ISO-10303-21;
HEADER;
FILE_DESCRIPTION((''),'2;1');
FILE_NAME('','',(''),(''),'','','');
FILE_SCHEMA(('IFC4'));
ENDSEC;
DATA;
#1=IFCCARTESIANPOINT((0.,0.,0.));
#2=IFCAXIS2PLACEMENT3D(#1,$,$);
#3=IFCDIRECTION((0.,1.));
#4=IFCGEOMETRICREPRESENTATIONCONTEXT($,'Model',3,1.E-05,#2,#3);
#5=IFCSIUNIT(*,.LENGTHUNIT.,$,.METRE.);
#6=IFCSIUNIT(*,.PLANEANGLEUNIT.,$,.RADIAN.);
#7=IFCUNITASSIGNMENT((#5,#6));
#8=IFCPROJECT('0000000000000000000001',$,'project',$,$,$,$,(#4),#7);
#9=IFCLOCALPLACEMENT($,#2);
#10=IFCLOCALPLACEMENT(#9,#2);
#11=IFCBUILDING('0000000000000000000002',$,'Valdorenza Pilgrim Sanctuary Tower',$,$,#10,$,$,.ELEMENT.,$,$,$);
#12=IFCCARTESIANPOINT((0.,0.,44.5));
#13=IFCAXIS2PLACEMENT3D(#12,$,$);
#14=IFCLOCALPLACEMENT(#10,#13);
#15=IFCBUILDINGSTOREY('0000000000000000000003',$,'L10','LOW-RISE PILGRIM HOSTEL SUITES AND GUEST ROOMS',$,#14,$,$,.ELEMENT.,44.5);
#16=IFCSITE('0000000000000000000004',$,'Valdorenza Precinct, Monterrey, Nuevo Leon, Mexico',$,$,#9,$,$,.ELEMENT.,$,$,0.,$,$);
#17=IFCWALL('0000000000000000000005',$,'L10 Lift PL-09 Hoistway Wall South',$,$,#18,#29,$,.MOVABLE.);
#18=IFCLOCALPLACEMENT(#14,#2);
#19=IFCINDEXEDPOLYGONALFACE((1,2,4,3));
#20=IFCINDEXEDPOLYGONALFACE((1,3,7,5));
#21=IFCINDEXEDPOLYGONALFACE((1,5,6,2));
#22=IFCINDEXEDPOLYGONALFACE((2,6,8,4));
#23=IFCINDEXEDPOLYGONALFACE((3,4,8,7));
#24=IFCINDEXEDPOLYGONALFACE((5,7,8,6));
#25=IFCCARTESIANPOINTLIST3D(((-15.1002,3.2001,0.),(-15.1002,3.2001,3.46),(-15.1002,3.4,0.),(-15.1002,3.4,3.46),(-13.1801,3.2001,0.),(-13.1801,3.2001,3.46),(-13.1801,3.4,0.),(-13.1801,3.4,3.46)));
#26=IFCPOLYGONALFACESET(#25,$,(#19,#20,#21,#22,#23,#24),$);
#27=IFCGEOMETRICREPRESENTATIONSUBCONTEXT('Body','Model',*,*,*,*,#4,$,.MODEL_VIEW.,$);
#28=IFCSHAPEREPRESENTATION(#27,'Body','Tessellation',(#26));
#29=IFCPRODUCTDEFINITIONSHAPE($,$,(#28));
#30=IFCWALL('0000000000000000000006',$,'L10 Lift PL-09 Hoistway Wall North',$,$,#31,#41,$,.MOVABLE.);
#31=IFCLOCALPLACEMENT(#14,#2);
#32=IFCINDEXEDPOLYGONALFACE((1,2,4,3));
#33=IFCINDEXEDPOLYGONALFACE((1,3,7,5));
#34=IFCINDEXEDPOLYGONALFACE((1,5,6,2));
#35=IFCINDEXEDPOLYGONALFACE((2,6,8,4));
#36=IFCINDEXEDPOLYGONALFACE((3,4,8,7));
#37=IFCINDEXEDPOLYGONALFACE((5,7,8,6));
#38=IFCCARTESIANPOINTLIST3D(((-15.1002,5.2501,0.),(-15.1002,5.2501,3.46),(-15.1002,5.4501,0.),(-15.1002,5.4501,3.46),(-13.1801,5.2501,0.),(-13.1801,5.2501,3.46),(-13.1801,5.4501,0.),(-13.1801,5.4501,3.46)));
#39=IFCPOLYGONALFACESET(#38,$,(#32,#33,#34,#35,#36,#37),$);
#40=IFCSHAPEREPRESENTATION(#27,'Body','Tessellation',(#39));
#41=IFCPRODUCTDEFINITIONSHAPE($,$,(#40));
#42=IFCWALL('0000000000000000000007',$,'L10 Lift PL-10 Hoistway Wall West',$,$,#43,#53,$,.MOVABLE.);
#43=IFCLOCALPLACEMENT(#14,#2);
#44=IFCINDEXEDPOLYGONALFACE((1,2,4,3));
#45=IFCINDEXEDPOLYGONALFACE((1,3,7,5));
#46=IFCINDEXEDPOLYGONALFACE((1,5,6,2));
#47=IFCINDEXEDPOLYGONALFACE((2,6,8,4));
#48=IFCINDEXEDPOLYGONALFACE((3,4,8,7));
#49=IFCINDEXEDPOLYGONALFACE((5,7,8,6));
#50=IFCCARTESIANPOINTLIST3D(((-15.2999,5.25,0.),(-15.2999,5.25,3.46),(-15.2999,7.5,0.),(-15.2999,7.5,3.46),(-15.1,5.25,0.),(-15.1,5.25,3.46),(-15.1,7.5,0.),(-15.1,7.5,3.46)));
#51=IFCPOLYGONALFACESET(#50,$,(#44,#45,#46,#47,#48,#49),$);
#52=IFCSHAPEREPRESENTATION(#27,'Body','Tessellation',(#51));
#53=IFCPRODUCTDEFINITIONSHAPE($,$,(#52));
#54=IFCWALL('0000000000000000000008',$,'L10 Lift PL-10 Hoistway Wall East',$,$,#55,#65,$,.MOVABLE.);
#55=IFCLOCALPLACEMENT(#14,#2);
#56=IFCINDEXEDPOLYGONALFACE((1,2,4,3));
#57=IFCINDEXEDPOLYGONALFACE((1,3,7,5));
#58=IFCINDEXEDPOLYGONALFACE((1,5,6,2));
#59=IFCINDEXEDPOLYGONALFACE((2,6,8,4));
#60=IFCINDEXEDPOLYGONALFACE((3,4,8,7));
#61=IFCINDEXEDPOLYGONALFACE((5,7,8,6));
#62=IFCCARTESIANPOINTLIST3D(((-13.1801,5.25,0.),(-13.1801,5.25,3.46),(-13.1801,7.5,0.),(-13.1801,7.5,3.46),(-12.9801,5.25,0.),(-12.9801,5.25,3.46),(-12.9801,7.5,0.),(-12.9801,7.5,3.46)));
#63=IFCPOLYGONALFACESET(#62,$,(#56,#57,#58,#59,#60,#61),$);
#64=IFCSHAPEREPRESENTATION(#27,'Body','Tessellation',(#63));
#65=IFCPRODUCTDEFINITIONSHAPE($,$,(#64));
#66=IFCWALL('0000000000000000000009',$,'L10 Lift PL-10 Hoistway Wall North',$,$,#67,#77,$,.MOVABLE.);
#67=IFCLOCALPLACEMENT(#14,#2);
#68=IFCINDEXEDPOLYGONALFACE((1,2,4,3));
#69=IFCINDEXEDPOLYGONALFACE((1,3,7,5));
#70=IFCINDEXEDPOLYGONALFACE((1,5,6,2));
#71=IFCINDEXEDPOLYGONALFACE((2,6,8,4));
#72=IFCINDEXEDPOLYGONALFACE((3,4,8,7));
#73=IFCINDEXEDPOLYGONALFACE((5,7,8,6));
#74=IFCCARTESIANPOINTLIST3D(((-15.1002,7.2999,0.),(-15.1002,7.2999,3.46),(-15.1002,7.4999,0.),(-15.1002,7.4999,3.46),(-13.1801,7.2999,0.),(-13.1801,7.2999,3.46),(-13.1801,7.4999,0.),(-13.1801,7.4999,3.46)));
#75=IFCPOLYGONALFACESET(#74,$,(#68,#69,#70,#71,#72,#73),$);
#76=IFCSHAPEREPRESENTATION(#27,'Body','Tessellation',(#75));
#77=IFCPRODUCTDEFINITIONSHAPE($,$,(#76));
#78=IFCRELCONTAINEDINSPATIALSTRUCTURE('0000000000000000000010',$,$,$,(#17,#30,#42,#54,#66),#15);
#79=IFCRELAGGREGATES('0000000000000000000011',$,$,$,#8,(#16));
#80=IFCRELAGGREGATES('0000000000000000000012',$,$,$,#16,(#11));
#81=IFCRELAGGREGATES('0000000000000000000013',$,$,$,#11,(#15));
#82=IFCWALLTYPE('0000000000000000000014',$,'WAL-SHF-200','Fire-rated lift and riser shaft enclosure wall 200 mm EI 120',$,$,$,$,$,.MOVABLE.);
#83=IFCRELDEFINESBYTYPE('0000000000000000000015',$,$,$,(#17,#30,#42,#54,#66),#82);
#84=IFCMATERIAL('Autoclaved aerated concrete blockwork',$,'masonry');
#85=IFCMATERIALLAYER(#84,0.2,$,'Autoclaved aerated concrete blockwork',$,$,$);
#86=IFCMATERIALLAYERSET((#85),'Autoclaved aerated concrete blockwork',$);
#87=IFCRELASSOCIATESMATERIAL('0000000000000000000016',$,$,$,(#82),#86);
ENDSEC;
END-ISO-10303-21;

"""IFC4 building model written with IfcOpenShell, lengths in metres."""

from ifc_helpers import new_model, si_unit, direction, frame, frame_2d, origin, place, context, subcontext, project, spatial, rectangle, extrude, material, layer, layer_set, type_object, element, save


model = new_model("IFC4")

# Units and contexts
model_context = context("Model", 3, precision=1e-05, world=origin(), true_north=direction((0.0, 1.0)))
body_context = subcontext(model_context, "Body", "Model", "MODEL_VIEW")
ifc_project = project(units=[si_unit("LENGTHUNIT", "METRE"), si_unit("PLANEANGLEUNIT", "RADIAN")], contexts=[model_context])

# Site, building, storey
site_placement = place(None, origin())
site = spatial("IfcSite", under=ifc_project, at=site_placement, Name="Valdorenza Precinct, Monterrey, Nuevo Leon, Mexico", CompositionType="ELEMENT", RefElevation=0.0)
building_placement = place(site_placement, origin())
building = spatial("IfcBuilding", under=site, at=building_placement, Name="Valdorenza Pilgrim Sanctuary Tower", CompositionType="ELEMENT")
storey_placement = place(building_placement, frame((0.0, 0.0, 44.5)))
storey = spatial("IfcBuildingStorey", under=building, at=storey_placement, Name="L10", Description="LOW-RISE PILGRIM HOSTEL SUITES AND GUEST ROOMS", CompositionType="ELEMENT", Elevation=44.5)

# Walls
ifc_material_1 = material(Name="Autoclaved aerated concrete blockwork", Category="masonry")
ifc_layer_1 = layer(ifc_material_1, 0.2, Name="Autoclaved aerated concrete blockwork")
ifc_layer_set_1 = layer_set([ifc_layer_1], Name="Autoclaved aerated concrete blockwork")
wall_type_1 = type_object("IfcWallType", Name="WAL-SHF-200", Description="Fire-rated lift and riser shaft enclosure wall 200 mm EI 120", PredefinedType="MOVABLE", material=ifc_layer_set_1)
for number, where, z_axis, x_axis, name in (
    (1, (-15.1001, 3.3, 0.0), (0.0, 0.0, 1.0), (1.0, 0.0, 0.0), "L10 Lift PL-09 Hoistway Wall South"),
    (2, (-15.1001, 5.3501, 0.0), (0.0, 0.0, 1.0), (1.0, 0.0, 0.0), "L10 Lift PL-09 Hoistway Wall North"),
):
    element("IfcWall", number, at=place(storey_placement, frame(where, z_axis=z_axis, x_axis=x_axis)), inside=storey, type_object=wall_type_1, Name=name, PredefinedType="MOVABLE", context=body_context, shape_type="SweptSolid", body=[
        extrude(rectangle(XDim=1.9202, YDim=0.2, at=frame_2d((0.96, 0.0))), origin(), (0.0, 0.0, 1.0), 3.46),
    ])
for number, where, z_axis, x_axis, name in (
    (3, (-15.2, 5.25, 0.0), (0.0, 0.0, 1.0), (0.0, 1.0, 0.0), "L10 Lift PL-10 Hoistway Wall West"),
    (4, (-13.0801, 5.25, 0.0), (0.0, 0.0, 1.0), (0.0, 1.0, 0.0), "L10 Lift PL-10 Hoistway Wall East"),
):
    element("IfcWall", number, at=place(storey_placement, frame(where, z_axis=z_axis, x_axis=x_axis)), inside=storey, type_object=wall_type_1, Name=name, PredefinedType="MOVABLE", context=body_context, shape_type="SweptSolid", body=[
        extrude(rectangle(XDim=2.25, YDim=0.2, at=frame_2d((1.125, 0.0))), origin(), (0.0, 0.0, 1.0), 3.46),
    ])
wall_1_placement = place(storey_placement, frame((-15.1001, 7.3999, 0.0), z_axis=(0.0, 0.0, 1.0), x_axis=(1.0, 0.0, 0.0)))
element("IfcWall", 5, at=wall_1_placement, inside=storey, type_object=wall_type_1, Name="L10 Lift PL-10 Hoistway Wall North", PredefinedType="MOVABLE", context=body_context, shape_type="SweptSolid", body=[
    extrude(rectangle(XDim=1.9202, YDim=0.2, at=frame_2d((0.96, 0.0))), origin(), (0.0, 0.0, 1.0), 3.46),
])

save(model, "model.ifc")
